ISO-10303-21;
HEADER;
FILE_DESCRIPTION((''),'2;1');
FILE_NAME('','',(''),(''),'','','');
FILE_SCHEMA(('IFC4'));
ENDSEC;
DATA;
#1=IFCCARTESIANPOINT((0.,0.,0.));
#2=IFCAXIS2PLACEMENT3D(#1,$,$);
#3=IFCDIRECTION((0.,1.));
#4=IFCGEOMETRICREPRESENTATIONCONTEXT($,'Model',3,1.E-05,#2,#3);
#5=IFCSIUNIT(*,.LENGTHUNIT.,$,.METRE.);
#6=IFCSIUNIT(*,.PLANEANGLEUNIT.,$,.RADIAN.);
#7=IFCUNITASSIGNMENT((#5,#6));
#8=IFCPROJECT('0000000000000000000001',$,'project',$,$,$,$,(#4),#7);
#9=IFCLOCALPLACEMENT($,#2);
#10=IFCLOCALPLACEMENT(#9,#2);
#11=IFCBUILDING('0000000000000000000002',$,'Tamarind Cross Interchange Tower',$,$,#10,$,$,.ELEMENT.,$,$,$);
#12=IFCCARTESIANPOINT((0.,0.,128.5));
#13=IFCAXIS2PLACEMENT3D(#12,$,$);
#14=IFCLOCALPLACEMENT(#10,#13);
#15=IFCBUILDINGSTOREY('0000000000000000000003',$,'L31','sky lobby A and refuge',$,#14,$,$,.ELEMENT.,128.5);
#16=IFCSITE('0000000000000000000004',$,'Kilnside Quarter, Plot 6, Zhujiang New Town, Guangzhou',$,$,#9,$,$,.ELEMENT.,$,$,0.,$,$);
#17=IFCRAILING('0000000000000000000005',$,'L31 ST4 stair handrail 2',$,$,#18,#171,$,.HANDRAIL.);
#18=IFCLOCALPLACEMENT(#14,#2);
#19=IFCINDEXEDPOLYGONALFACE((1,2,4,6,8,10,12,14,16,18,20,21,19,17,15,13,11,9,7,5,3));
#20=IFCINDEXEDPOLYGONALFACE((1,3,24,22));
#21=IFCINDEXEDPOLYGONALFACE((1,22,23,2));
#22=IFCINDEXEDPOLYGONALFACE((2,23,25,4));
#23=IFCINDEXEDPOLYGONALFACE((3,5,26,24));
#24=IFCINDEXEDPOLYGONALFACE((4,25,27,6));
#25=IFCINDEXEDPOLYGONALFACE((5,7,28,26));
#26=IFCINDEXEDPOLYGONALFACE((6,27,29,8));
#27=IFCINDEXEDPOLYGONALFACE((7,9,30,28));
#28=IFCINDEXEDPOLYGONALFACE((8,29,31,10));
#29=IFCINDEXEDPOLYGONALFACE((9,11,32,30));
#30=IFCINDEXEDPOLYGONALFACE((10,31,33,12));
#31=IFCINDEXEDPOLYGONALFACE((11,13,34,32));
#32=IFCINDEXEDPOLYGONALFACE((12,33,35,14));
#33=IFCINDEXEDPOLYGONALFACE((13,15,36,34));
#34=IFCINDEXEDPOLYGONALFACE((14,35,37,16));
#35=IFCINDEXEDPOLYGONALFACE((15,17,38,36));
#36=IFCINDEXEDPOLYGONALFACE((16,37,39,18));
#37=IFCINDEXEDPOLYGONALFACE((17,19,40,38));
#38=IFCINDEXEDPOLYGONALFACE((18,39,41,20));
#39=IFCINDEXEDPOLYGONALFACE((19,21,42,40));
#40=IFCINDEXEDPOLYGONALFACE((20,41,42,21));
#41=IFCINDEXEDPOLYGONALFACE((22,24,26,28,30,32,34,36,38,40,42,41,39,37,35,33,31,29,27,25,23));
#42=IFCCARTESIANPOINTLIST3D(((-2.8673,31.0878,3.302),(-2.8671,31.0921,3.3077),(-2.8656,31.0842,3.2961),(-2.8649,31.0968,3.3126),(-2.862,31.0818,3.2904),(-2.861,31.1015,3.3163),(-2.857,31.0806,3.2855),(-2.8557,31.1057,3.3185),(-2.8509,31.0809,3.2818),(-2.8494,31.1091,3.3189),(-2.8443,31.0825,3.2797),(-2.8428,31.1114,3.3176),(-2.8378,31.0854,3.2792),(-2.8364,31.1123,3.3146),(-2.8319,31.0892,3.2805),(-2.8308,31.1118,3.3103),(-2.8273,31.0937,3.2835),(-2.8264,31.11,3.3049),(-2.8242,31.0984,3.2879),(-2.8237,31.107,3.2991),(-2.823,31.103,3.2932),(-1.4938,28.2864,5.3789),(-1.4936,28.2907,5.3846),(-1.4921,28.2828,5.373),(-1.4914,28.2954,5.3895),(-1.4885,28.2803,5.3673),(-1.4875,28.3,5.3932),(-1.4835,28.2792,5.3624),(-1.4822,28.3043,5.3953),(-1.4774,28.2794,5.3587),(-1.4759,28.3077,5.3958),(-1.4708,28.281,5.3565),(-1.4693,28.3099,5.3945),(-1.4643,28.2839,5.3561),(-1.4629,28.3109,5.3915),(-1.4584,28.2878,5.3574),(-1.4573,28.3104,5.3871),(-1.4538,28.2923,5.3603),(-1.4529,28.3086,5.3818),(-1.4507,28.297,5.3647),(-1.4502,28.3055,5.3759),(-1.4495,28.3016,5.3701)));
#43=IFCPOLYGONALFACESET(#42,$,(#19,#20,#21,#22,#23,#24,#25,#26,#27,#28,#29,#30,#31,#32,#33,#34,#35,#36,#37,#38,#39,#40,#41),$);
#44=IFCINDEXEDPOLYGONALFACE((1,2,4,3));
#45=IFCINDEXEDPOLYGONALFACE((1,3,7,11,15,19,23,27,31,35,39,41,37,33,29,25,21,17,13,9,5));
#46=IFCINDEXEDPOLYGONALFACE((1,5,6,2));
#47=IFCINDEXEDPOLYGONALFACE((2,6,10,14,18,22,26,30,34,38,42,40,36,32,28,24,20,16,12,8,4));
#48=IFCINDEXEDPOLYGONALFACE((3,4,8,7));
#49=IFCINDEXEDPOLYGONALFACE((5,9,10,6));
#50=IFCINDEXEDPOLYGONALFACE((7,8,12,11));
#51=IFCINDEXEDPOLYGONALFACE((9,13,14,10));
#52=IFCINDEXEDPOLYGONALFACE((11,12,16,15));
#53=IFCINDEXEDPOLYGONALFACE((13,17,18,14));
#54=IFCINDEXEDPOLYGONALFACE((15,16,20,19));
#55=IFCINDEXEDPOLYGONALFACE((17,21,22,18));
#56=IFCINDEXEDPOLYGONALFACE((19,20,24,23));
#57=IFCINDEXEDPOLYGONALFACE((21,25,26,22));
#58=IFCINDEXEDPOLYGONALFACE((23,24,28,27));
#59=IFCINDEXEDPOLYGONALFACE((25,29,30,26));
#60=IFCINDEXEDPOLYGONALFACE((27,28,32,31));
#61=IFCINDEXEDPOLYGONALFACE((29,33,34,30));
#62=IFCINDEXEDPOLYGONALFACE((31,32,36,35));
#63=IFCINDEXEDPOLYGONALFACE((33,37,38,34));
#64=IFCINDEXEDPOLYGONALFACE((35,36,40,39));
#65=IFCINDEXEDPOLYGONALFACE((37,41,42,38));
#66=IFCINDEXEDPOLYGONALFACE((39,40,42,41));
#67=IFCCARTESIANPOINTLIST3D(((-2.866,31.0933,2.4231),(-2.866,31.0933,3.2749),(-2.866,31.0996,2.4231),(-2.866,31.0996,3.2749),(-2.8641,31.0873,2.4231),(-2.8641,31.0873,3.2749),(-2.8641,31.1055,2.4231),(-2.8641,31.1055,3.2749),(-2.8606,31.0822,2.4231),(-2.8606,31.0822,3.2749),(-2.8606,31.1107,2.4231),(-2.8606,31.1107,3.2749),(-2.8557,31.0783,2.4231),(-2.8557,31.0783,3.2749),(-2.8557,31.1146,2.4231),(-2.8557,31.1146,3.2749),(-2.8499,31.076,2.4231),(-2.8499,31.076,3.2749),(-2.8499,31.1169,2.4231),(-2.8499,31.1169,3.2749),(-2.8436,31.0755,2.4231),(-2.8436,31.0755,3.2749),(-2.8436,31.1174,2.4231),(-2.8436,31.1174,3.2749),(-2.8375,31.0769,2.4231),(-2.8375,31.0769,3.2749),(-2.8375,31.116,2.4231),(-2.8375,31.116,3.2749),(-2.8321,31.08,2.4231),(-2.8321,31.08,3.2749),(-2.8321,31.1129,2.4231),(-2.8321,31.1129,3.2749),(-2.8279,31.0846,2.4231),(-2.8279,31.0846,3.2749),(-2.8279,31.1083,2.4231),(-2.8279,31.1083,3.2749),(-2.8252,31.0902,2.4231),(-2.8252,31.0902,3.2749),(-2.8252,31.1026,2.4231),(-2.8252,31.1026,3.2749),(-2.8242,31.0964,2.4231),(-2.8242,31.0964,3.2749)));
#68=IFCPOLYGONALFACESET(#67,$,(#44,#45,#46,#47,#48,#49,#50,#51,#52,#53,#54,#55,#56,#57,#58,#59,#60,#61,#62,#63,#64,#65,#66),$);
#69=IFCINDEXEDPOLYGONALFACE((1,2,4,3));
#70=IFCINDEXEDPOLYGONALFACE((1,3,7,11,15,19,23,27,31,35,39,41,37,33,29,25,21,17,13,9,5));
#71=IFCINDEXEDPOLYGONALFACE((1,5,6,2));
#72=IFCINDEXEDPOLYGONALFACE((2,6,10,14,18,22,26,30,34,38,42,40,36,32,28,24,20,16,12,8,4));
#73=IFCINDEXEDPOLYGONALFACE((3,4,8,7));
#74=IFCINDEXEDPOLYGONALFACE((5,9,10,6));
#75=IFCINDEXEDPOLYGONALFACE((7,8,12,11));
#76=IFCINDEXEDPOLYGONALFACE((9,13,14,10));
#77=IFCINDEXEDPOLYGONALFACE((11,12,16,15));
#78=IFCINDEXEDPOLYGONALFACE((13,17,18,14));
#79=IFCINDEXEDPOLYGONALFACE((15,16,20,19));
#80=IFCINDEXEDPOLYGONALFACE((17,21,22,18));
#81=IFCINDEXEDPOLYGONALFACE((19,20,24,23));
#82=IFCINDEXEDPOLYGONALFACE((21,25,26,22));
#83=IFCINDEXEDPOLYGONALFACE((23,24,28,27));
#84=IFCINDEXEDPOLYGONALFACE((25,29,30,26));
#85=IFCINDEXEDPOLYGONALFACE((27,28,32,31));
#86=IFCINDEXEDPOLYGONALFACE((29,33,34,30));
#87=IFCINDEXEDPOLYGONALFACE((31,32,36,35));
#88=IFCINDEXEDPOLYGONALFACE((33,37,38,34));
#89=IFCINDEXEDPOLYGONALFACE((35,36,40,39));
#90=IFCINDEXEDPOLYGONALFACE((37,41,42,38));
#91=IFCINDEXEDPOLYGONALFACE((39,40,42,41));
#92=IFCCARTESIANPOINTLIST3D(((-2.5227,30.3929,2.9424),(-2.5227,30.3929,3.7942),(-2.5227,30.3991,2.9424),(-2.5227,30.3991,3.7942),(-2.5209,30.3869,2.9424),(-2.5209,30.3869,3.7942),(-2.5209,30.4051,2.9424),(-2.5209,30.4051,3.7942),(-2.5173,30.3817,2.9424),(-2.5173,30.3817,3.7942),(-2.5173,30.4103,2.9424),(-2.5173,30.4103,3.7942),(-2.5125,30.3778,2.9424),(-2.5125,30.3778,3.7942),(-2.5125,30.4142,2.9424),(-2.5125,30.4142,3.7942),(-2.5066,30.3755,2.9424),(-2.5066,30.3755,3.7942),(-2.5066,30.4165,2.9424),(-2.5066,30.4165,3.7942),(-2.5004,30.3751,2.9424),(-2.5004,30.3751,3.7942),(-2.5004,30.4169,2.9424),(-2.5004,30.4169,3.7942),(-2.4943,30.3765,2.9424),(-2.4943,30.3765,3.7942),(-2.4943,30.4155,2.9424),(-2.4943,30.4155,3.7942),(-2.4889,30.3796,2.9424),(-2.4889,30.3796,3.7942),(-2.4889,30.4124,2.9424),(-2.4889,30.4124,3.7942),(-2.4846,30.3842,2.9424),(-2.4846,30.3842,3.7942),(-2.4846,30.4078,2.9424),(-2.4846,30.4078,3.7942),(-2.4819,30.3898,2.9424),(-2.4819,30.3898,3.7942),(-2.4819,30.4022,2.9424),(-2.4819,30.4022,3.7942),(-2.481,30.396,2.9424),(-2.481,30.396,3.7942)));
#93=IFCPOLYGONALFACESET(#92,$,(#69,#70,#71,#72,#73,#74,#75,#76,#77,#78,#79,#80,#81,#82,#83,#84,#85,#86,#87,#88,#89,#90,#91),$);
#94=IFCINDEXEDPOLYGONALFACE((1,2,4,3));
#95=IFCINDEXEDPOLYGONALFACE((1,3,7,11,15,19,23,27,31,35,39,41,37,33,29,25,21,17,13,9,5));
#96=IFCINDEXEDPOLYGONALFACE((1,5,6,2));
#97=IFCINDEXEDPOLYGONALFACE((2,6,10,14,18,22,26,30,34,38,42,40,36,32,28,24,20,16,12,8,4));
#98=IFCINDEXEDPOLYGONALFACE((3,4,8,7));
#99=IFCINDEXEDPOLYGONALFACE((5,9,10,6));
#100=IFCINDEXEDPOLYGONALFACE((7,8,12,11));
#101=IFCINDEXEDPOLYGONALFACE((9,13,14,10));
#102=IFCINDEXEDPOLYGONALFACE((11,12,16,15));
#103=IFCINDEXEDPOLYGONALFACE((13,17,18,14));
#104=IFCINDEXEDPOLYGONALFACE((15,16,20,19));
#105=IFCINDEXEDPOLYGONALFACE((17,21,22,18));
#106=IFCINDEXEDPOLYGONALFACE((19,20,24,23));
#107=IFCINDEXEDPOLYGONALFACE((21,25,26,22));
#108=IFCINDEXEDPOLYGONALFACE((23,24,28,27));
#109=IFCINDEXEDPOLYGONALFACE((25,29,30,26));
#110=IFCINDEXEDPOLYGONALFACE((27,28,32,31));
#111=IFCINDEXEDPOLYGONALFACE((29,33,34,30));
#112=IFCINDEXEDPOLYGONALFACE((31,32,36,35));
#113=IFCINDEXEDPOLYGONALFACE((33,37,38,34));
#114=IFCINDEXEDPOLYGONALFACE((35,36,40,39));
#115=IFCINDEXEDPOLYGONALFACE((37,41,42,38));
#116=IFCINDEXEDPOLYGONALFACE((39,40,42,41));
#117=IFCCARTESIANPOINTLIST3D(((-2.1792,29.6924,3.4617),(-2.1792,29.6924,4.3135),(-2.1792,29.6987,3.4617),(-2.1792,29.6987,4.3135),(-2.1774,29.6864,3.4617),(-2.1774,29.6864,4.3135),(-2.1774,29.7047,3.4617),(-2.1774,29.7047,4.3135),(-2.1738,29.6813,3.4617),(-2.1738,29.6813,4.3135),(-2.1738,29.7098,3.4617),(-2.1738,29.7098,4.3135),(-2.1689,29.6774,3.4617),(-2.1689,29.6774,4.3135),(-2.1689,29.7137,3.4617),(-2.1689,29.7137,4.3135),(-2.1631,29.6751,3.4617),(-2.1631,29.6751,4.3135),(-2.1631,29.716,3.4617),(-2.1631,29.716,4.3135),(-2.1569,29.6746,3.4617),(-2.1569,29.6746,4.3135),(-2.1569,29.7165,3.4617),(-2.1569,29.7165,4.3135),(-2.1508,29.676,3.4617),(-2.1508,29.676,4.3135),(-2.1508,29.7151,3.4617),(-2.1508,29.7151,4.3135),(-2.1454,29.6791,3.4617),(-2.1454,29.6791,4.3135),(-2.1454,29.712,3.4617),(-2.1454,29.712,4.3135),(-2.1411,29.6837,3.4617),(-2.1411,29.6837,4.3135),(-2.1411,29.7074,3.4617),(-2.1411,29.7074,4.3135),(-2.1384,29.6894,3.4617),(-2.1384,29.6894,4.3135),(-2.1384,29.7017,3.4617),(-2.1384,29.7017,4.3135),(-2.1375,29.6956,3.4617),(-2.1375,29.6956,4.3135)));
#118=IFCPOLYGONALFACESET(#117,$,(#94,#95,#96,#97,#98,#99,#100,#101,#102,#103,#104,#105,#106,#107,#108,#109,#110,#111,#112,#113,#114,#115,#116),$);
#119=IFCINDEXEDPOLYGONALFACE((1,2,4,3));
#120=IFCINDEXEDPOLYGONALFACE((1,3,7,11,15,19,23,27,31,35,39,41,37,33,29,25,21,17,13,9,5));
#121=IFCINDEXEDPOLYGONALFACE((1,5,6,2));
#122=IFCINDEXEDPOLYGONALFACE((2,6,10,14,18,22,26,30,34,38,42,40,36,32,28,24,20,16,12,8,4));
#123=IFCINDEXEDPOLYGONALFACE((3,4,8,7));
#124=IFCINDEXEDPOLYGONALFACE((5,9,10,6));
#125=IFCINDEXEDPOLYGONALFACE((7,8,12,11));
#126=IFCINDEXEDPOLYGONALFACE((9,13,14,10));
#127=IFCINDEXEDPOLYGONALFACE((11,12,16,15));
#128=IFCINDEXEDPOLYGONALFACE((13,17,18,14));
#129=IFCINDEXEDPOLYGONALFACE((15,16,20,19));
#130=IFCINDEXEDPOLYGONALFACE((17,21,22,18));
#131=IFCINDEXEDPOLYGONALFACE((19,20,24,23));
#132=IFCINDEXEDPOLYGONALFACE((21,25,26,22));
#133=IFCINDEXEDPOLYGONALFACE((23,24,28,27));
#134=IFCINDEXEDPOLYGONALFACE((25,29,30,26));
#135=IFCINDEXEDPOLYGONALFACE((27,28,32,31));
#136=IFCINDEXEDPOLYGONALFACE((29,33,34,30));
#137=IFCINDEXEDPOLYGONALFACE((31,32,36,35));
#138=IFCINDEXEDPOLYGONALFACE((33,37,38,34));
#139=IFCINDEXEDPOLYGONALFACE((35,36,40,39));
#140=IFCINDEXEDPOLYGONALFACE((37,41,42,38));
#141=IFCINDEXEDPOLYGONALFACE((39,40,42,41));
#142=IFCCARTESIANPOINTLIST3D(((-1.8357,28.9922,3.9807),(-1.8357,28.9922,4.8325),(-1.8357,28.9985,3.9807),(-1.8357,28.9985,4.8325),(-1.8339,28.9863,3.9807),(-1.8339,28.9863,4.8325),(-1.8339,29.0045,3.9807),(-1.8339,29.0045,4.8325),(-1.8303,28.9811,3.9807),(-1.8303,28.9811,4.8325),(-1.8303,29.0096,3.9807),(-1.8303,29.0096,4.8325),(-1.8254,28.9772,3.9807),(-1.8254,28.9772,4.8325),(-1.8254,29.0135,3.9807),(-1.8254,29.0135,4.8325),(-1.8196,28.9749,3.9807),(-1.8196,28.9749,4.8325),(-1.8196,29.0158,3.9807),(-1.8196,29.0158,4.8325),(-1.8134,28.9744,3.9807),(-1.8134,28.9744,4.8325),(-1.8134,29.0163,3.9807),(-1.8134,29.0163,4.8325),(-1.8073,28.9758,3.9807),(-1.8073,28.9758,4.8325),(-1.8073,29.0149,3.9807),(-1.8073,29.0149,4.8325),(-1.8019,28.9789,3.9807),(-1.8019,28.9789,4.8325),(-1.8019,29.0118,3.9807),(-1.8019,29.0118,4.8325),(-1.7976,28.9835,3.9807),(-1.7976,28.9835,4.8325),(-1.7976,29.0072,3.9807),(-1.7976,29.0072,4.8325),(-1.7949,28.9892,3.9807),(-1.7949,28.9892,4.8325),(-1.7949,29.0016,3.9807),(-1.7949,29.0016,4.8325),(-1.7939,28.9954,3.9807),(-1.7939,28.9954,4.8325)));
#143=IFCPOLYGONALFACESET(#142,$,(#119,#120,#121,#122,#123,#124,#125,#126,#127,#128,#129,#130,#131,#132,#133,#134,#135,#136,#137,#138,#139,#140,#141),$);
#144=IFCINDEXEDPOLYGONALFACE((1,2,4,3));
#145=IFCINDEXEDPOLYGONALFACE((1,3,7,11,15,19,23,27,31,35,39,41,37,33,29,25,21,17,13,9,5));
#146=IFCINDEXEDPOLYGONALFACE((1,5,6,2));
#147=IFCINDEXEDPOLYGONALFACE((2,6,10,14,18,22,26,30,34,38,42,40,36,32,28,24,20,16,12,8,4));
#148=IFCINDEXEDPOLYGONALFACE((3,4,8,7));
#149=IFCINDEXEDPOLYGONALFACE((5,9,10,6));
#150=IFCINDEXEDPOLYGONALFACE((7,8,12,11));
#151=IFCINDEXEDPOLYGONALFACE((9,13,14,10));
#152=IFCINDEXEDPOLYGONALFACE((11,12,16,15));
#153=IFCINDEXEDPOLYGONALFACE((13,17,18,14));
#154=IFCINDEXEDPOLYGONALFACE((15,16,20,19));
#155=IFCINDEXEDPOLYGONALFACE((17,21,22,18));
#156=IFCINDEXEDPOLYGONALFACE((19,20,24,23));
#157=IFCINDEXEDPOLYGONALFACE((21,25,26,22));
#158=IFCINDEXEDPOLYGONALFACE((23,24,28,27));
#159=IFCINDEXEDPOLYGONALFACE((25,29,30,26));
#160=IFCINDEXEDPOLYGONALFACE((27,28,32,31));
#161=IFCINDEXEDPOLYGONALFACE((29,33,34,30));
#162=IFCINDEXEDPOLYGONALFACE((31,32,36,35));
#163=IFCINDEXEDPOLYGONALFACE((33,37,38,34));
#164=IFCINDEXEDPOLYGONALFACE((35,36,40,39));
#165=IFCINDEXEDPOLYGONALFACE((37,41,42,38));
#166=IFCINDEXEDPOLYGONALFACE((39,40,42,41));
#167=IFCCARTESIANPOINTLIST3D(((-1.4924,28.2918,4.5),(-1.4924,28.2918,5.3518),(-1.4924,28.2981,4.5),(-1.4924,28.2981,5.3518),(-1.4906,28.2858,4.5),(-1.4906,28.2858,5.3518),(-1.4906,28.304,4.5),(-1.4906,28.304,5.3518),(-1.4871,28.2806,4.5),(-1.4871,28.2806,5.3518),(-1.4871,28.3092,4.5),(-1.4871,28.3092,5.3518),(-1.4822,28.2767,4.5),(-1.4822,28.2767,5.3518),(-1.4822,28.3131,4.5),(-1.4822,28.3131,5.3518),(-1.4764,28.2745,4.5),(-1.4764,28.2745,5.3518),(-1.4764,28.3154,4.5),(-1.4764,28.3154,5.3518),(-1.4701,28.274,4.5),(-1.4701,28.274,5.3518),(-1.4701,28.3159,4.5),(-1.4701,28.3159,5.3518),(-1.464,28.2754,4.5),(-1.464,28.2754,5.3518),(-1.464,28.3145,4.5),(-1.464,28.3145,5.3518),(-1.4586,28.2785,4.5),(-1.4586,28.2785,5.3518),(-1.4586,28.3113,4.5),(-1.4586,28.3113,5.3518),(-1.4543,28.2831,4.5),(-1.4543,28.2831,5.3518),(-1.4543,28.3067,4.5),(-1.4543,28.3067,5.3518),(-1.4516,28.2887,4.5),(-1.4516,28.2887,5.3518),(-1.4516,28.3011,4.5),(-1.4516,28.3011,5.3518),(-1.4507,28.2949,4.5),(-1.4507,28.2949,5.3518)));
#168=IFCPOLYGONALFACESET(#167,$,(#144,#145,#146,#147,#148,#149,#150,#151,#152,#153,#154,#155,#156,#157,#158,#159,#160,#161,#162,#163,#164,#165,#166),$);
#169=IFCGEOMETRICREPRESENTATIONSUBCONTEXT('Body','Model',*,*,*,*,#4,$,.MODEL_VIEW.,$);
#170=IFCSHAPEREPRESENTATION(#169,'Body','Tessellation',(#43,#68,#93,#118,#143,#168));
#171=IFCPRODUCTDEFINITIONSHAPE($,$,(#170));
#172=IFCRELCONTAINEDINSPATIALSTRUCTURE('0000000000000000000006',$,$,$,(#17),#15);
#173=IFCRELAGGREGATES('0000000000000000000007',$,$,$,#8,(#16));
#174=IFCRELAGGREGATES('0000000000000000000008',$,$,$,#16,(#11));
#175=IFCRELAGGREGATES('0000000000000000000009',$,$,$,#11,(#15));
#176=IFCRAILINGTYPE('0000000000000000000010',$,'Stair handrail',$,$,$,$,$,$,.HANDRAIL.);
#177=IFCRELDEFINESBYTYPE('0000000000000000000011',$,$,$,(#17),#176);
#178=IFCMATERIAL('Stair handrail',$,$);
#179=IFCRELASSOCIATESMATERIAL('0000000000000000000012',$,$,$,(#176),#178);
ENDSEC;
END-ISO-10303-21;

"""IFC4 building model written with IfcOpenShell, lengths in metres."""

from ifc_helpers import new_model, si_unit, direction, frame, origin, origin_2d, place, context, subcontext, project, spatial, circle, extrude, material, type_object, element, save


model = new_model("IFC4")

# Units and contexts
model_context = context("Model", 3, precision=1e-05, world=origin(), true_north=direction((0.0, 1.0)))
body_context = subcontext(model_context, "Body", "Model", "MODEL_VIEW")
ifc_project = project(units=[si_unit("LENGTHUNIT", "METRE"), si_unit("PLANEANGLEUNIT", "RADIAN")], contexts=[model_context])

# Site, building, storey
site_placement = place(None, origin())
site = spatial("IfcSite", under=ifc_project, at=site_placement, Name="Kilnside Quarter, Plot 6, Zhujiang New Town, Guangzhou", CompositionType="ELEMENT", RefElevation=0.0)
building_placement = place(site_placement, origin())
building = spatial("IfcBuilding", under=site, at=building_placement, Name="Tamarind Cross Interchange Tower", CompositionType="ELEMENT")
storey_placement = place(building_placement, frame((0.0, 0.0, 128.5)))
storey = spatial("IfcBuildingStorey", under=building, at=storey_placement, Name="L31", Description="sky lobby A and refuge", CompositionType="ELEMENT", Elevation=128.5)

# Railing
ifc_material_1 = material(Name="Stair handrail")
railing_type_1 = type_object("IfcRailingType", Name="Stair handrail", PredefinedType="HANDRAIL", material=ifc_material_1)
railing_1_placement = place(storey_placement, frame((-2.8452, 31.0964, 2.4231)))
element("IfcRailing", 1, at=railing_1_placement, inside=storey, type_object=railing_type_1, Name="L31 ST4 stair handrail 2", PredefinedType="HANDRAIL", context=body_context, shape_type="SweptSolid", body=[
    extrude(circle(Radius=0.0239, at=origin_2d()), frame((0.0, 0.0, 0.876), z_axis=(0.366457, -0.74744, 0.554115), x_axis=(0.89789, 0.44022, 0.0)), (0.0, 0.0, 1.0), 3.748),
    extrude(circle(Radius=0.021, at=origin_2d()), origin(), (0.0, 0.0, 1.0), 0.8518),
    extrude(circle(Radius=0.021, at=origin_2d()), frame((0.3433, -0.7004, 0.5193)), (0.0, 0.0, 1.0), 0.8518),
    extrude(circle(Radius=0.021, at=origin_2d()), frame((0.6868, -1.4009, 1.0386)), (0.0, 0.0, 1.0), 0.8518),
    extrude(circle(Radius=0.021, at=origin_2d()), frame((1.0303, -2.1011, 1.5576)), (0.0, 0.0, 1.0), 0.8518),
    extrude(circle(Radius=0.021, at=origin_2d()), frame((1.3735, -2.8015, 2.0769)), (0.0, 0.0, 1.0), 0.8518),
])

save(model, "model.ifc")
